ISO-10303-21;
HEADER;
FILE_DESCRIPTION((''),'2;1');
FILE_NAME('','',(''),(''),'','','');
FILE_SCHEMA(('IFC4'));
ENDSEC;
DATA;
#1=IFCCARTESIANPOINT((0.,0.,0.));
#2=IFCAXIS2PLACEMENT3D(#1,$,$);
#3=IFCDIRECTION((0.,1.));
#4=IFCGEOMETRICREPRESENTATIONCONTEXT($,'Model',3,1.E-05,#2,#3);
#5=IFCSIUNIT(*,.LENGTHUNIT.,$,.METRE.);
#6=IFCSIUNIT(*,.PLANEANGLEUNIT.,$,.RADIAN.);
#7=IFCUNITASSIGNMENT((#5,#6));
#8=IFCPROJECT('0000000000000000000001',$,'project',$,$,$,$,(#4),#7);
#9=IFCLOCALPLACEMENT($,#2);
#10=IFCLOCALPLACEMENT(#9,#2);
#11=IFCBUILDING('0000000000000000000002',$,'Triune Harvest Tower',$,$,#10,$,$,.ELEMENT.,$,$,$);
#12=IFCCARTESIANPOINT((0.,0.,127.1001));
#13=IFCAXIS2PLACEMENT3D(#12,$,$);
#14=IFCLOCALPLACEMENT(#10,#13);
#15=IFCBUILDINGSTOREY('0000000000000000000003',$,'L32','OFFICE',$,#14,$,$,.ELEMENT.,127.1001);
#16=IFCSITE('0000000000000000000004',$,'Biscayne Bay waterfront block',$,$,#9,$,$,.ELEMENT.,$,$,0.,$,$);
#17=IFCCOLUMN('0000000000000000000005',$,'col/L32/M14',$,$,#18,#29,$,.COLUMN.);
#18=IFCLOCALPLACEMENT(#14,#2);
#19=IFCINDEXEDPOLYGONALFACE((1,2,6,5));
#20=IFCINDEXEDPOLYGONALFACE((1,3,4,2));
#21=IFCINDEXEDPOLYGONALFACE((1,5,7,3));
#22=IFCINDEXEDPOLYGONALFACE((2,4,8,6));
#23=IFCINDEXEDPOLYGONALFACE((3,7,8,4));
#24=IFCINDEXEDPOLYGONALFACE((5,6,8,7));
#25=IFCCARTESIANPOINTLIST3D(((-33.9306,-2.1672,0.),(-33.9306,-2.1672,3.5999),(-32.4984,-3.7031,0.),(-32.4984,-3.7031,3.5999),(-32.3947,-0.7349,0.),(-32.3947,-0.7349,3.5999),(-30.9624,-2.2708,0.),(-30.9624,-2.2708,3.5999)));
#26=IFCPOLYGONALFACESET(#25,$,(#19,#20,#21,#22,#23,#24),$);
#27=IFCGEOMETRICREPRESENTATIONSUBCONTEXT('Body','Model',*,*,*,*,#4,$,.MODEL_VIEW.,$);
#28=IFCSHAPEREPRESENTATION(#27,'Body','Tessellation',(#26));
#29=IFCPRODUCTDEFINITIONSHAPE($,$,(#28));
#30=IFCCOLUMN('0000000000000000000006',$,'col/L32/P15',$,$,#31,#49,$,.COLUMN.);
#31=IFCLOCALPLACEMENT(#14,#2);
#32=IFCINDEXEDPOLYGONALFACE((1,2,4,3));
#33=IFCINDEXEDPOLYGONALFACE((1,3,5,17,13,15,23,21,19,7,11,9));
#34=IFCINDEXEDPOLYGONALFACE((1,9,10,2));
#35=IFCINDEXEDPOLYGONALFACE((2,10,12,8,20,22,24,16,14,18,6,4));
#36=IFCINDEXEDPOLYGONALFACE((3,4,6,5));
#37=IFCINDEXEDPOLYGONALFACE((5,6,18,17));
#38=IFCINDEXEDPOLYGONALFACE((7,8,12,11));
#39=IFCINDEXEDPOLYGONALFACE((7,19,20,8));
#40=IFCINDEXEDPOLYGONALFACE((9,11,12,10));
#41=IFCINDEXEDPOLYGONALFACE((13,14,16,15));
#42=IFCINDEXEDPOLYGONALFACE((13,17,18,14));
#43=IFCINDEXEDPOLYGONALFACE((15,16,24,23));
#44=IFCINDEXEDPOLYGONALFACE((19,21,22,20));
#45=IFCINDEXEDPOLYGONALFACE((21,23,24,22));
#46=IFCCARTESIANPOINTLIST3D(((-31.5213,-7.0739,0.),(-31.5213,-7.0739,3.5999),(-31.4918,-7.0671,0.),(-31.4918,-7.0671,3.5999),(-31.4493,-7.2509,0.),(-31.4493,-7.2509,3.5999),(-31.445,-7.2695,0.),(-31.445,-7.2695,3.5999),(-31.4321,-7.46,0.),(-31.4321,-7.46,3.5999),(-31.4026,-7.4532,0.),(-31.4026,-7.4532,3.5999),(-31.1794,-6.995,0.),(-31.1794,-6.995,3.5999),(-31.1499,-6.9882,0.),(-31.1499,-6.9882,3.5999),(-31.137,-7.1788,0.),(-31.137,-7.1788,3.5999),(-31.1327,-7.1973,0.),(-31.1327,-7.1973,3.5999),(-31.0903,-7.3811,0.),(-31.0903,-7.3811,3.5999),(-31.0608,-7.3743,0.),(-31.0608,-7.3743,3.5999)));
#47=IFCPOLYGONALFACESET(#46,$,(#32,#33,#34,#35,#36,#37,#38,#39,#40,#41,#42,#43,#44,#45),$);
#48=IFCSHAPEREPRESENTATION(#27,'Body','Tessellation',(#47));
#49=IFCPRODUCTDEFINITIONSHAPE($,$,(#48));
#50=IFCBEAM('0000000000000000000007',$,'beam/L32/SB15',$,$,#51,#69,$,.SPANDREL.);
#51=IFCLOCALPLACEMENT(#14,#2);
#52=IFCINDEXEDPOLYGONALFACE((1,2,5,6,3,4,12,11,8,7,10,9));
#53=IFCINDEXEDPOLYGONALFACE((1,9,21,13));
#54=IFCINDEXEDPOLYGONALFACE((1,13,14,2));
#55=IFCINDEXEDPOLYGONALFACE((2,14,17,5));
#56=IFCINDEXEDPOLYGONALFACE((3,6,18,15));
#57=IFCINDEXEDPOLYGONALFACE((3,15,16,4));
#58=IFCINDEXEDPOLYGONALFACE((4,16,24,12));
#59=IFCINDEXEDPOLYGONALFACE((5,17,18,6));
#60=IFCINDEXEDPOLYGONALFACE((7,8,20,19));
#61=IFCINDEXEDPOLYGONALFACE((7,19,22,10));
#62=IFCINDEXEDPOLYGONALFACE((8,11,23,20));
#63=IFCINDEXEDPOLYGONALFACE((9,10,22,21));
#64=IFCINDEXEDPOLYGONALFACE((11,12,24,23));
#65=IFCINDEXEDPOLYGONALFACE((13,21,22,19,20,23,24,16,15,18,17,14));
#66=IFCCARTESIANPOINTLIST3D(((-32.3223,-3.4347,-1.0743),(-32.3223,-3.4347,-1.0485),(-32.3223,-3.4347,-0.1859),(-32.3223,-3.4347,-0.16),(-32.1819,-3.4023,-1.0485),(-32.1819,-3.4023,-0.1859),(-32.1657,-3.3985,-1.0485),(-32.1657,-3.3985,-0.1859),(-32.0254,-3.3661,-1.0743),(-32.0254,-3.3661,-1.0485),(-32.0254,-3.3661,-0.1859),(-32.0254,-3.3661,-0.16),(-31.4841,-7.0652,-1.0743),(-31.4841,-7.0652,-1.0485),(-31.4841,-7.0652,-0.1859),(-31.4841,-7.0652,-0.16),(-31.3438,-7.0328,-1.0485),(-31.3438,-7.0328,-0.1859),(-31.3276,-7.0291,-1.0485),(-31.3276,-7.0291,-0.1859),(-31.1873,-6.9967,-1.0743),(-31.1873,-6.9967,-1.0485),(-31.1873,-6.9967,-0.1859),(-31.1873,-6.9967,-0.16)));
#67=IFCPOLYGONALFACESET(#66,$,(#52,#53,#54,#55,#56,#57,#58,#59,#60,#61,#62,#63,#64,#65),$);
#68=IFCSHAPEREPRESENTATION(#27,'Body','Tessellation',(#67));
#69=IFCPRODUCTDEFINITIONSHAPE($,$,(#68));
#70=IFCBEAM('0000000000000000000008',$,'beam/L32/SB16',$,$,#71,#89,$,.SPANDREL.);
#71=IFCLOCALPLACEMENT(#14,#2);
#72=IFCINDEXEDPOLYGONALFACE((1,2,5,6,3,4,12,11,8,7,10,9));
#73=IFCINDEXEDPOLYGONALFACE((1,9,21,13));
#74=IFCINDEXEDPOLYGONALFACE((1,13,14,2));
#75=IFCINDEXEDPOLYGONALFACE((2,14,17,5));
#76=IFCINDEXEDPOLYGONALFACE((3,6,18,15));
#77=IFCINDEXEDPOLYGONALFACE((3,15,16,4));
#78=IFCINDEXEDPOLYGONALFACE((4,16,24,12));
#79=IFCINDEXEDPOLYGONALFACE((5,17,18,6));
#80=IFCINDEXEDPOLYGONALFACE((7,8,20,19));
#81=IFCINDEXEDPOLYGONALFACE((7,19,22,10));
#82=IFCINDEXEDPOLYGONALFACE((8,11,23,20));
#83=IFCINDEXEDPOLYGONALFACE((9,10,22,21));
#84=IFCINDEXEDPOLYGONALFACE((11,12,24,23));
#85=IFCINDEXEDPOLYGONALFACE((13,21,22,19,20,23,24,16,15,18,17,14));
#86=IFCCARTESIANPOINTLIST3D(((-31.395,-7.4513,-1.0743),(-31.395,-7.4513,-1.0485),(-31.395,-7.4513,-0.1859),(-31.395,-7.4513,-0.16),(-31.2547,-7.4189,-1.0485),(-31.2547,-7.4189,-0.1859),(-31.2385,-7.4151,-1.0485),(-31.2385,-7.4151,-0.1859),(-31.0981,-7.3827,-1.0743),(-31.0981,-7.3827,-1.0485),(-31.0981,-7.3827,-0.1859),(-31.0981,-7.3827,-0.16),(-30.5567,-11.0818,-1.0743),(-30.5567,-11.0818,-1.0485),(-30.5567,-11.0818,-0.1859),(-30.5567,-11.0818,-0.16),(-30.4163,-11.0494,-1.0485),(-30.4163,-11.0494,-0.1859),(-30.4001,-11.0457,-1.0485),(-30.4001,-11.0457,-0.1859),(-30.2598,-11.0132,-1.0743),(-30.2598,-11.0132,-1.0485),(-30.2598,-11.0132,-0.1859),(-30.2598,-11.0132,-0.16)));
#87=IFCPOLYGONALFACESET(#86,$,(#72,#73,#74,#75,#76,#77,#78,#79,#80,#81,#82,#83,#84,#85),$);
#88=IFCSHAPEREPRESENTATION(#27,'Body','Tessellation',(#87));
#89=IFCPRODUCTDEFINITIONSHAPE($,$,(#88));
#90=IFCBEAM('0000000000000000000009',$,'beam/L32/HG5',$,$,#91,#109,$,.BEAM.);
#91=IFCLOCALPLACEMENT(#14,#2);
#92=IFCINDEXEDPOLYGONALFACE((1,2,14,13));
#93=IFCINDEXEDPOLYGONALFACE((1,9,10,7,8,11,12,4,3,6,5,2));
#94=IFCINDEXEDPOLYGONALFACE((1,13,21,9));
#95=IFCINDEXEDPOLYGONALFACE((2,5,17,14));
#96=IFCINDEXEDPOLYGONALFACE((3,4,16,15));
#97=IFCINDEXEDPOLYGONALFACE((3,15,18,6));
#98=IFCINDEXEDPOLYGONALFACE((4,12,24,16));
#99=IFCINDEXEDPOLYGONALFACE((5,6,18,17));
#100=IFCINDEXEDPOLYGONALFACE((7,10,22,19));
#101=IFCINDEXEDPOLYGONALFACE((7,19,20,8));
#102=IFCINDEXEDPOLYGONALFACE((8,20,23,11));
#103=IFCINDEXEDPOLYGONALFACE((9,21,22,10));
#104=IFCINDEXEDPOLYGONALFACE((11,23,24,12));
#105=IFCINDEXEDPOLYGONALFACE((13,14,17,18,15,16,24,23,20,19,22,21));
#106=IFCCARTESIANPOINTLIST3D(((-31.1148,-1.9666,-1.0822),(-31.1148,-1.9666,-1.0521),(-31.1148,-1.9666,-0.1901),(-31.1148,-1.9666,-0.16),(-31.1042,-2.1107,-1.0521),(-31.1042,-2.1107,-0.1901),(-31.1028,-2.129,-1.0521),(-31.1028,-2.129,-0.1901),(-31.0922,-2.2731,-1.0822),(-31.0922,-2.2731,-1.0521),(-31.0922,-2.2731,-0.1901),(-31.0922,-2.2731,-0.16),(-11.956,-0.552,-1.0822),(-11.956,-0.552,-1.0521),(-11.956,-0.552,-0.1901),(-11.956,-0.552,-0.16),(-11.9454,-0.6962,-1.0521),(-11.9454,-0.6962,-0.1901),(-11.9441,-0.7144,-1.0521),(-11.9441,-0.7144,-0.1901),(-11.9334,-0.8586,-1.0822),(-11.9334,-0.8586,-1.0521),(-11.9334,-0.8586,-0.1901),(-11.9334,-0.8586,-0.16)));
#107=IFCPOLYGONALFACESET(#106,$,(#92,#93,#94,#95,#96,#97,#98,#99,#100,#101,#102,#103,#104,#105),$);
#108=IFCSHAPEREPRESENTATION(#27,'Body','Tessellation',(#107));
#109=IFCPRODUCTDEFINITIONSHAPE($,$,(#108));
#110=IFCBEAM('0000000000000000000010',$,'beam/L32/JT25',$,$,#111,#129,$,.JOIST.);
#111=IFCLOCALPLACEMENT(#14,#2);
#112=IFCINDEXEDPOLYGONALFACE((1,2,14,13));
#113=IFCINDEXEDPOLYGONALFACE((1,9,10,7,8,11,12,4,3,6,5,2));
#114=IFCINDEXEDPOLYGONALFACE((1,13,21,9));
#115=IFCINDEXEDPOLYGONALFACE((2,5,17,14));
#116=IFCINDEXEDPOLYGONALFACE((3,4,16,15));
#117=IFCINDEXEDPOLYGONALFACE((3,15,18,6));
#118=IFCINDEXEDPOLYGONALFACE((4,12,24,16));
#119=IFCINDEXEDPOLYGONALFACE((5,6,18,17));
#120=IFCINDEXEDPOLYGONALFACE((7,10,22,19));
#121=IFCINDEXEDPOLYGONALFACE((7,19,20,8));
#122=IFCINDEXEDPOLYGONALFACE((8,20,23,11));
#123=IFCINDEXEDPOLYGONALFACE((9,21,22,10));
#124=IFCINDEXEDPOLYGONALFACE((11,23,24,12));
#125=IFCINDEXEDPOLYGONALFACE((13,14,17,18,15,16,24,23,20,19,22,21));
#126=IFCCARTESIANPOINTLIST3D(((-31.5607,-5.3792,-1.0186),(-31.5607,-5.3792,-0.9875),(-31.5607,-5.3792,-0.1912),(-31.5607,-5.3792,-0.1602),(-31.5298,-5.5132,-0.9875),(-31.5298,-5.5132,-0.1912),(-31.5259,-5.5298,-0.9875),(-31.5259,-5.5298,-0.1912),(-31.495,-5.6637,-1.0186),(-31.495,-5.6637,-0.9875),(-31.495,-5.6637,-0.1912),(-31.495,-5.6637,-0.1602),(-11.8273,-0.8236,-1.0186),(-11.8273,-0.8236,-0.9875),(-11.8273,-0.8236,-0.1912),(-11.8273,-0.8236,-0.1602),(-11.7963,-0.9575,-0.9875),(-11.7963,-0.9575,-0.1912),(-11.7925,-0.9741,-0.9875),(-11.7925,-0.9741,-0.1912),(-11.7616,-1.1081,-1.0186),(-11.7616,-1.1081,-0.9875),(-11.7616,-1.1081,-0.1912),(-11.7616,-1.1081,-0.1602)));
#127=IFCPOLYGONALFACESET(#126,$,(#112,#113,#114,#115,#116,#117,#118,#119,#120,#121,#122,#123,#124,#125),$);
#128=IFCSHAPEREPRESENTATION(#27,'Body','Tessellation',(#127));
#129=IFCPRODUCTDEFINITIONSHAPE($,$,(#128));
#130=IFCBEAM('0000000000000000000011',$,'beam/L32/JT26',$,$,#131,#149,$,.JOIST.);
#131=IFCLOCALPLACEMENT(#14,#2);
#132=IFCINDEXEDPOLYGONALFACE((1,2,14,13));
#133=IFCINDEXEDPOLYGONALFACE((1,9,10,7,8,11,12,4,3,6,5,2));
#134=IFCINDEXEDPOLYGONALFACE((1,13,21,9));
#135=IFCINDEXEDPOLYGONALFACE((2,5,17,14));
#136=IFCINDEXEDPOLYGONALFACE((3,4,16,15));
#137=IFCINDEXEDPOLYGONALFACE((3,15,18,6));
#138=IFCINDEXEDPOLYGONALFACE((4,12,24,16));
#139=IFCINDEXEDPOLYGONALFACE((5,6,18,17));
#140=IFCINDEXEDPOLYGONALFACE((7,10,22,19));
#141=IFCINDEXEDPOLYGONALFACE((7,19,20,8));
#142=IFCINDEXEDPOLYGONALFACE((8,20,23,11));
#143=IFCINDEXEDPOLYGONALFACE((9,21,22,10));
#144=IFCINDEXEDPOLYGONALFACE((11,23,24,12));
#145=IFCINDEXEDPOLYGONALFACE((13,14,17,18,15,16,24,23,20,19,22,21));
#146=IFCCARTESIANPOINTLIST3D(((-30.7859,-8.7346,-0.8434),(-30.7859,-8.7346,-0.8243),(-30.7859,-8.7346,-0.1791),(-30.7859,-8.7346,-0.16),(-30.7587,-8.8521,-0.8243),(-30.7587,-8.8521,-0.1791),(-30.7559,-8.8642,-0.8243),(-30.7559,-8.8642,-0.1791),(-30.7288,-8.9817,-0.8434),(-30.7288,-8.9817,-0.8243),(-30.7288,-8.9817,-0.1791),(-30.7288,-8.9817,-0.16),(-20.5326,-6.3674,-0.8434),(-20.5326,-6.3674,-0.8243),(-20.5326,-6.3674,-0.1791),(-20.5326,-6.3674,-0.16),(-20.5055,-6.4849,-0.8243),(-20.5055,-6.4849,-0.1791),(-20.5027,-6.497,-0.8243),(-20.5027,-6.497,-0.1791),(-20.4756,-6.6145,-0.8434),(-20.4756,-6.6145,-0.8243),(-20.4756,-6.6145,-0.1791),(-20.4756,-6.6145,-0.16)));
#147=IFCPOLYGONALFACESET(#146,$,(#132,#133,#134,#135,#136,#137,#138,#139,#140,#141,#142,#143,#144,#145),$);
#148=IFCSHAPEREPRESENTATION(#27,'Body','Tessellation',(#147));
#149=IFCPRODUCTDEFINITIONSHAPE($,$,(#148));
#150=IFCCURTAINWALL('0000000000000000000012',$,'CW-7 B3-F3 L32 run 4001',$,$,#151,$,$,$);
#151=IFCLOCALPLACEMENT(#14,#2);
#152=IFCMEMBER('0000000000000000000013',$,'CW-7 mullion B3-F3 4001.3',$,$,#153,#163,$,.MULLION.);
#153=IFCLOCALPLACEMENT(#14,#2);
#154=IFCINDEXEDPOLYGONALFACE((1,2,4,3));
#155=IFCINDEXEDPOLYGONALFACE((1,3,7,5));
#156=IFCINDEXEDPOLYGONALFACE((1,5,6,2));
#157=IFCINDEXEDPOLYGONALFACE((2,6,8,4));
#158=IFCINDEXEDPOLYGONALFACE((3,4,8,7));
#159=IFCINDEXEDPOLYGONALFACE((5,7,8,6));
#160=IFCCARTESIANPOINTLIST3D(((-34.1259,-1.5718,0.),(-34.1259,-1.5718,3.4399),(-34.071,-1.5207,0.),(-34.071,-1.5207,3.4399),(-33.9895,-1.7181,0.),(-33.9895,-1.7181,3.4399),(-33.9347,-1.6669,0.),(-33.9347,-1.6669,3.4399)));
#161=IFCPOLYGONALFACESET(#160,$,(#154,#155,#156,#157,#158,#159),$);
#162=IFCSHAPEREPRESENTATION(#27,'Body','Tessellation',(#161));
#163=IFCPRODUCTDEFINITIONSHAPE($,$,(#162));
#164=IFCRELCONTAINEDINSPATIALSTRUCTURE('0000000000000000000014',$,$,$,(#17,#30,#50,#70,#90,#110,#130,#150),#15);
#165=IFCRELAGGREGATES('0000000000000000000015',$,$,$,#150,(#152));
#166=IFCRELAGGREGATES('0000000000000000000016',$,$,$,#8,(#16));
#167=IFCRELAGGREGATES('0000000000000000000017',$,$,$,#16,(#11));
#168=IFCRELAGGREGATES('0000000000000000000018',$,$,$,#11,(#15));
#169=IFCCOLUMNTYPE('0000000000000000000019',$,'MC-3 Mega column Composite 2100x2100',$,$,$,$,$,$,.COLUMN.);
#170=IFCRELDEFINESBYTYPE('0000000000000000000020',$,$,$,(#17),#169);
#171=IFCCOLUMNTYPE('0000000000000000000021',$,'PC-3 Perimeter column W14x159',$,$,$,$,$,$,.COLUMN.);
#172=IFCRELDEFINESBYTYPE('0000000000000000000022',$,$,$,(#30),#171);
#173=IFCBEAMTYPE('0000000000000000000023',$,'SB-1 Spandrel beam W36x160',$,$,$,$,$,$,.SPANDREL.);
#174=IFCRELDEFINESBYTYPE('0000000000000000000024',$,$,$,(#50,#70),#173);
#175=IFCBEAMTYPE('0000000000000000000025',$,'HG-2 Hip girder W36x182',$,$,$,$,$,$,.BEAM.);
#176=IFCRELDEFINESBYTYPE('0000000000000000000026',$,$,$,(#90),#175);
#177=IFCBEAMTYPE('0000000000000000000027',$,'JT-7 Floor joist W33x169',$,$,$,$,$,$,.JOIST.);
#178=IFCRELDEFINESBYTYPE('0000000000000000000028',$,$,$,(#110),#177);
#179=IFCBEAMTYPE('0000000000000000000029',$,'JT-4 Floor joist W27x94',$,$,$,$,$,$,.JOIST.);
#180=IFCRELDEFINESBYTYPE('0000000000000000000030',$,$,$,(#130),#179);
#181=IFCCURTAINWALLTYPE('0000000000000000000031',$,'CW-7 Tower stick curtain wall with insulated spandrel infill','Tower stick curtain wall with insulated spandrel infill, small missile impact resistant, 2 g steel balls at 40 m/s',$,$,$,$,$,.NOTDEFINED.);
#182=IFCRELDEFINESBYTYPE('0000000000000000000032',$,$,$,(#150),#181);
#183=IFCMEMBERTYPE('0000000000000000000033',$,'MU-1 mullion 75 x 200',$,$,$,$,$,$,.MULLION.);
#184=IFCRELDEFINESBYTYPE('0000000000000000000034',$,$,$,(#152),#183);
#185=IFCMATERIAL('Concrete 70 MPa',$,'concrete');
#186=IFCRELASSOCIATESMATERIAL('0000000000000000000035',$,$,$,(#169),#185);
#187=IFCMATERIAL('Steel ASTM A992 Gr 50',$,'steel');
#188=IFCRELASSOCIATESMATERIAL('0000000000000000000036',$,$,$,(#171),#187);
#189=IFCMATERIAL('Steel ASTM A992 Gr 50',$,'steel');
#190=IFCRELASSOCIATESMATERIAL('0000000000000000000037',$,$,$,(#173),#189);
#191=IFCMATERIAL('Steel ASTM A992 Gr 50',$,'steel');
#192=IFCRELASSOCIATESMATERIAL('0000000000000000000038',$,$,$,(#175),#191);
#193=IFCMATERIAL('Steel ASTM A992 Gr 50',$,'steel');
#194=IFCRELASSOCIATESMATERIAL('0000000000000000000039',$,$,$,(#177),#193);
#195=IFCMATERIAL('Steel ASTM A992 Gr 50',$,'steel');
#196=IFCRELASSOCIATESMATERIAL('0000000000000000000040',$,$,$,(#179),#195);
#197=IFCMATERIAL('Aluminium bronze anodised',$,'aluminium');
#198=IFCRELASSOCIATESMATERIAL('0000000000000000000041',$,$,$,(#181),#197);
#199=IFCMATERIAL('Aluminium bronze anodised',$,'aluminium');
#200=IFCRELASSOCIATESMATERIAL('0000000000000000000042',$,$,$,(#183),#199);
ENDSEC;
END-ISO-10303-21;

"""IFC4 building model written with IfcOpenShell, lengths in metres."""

from ifc_helpers import new_model, si_unit, direction, frame, origin, origin_2d, place, context, subcontext, project, spatial, rectangle, i_section, extrude, source, transform, mapped, material, material_profile, profile_set, type_object, element, aggregate, save


model = new_model("IFC4")

# Units and contexts
model_context = context("Model", 3, precision=1e-05, world=origin(), true_north=direction((0.0, 1.0)))
body_context = subcontext(model_context, "Body", "Model", "MODEL_VIEW")
ifc_project = project(units=[si_unit("LENGTHUNIT", "METRE"), si_unit("PLANEANGLEUNIT", "RADIAN")], contexts=[model_context])

# Site, building, storey
site_placement = place(None, origin())
site = spatial("IfcSite", under=ifc_project, at=site_placement, Name="Biscayne Bay waterfront block", CompositionType="ELEMENT", RefElevation=0.0)
building_placement = place(site_placement, origin())
building = spatial("IfcBuilding", under=site, at=building_placement, Name="Triune Harvest Tower", CompositionType="ELEMENT")
storey_placement = place(building_placement, frame((0.0, 0.0, 127.1001)))
storey = spatial("IfcBuildingStorey", under=building, at=storey_placement, Name="L32", Description="OFFICE", CompositionType="ELEMENT", Elevation=127.1001)

# Columns
ifc_material_1 = material(Name="Concrete 70 MPa", Category="concrete")
ifc_material_profile_1 = material_profile(ifc_material_1, rectangle(XDim=2.1001, YDim=2.1001, at=origin_2d()), Name="Composite 2100x2100")
ifc_profile_set_1 = profile_set([ifc_material_profile_1], Name="Concrete 70 MPa")
column_type_1 = type_object("IfcColumnType", Name="MC-3 Mega column Composite 2100x2100", PredefinedType="COLUMN", material=ifc_profile_set_1)
shared_shape_1 = source(origin(), body_context, "Body", "SweptSolid", [
    extrude(rectangle(XDim=2.1001, YDim=2.1001, at=origin_2d()), origin(), (0.0, 0.0, 1.0), 3.5999),
])
column_1_placement = place(storey_placement, frame((-32.4465, -2.219, 0.0), z_axis=(0.0, 0.0, 1.0), x_axis=(-0.731355, -0.681997, 0.0)))
element("IfcColumn", 1, at=column_1_placement, inside=storey, type_object=column_type_1, Name="col/L32/M14", PredefinedType="COLUMN", context=body_context, shape_type="MappedRepresentation", body=[
    mapped(shared_shape_1, transform((0.0, 0.0, 0.0), scale=1.0)),
])
ifc_material_2 = material(Name="Steel ASTM A992 Gr 50", Category="steel")
ifc_material_profile_2 = material_profile(ifc_material_2, i_section(OverallWidth=0.3962, OverallDepth=0.3811, WebThickness=0.019, FlangeThickness=0.0303, at=origin_2d()), Name="W14x159")
ifc_profile_set_2 = profile_set([ifc_material_profile_2], Name="Steel ASTM A992 Gr 50")
column_type_2 = type_object("IfcColumnType", Name="PC-3 Perimeter column W14x159", PredefinedType="COLUMN", material=ifc_profile_set_2)
shared_shape_2 = source(origin(), body_context, "Body", "SweptSolid", [
    extrude(i_section(OverallWidth=0.3962, OverallDepth=0.3811, WebThickness=0.019, FlangeThickness=0.0303, at=origin_2d()), origin(), (0.0, 0.0, 1.0), 3.5999),
])
column_2_placement = place(storey_placement, frame((-31.291, -7.2241, 0.0), z_axis=(0.0, 0.0, 1.0), x_axis=(0.224951, -0.97437, 0.0)))
element("IfcColumn", 2, at=column_2_placement, inside=storey, type_object=column_type_2, Name="col/L32/P15", PredefinedType="COLUMN", context=body_context, shape_type="MappedRepresentation", body=[
    mapped(shared_shape_2, transform((0.0, 0.0, 0.0), scale=1.0)),
])

# Beams
ifc_material_3 = material(Name="Steel ASTM A992 Gr 50", Category="steel")
ifc_material_profile_3 = material_profile(ifc_material_3, i_section(OverallWidth=0.3047, OverallDepth=0.9143, WebThickness=0.0166, FlangeThickness=0.0259, at=origin_2d()), Name="W36x160")
ifc_profile_set_3 = profile_set([ifc_material_profile_3], Name="Steel ASTM A992 Gr 50")
beam_type_1 = type_object("IfcBeamType", Name="SB-1 Spandrel beam W36x160", PredefinedType="SPANDREL", material=ifc_profile_set_3)
shared_shape_3 = source(origin(), body_context, "Body", "SweptSolid", [
    extrude(i_section(OverallWidth=0.3047, OverallDepth=0.9143, WebThickness=0.0166, FlangeThickness=0.0259, at=origin_2d()), origin(), (0.0, 0.0, 1.0), 3.7261),
])
for number, where, z_axis, x_axis, name in (
    (3, (-32.1738, -3.4004, -0.6172), (0.224936, -0.974374, 0.0), (0.974374, 0.224936, 0.0), "beam/L32/SB15"),
    (4, (-31.2466, -7.417, -0.6172), (0.224998, -0.974359, 0.0), (0.974359, 0.224998, 0.0), "beam/L32/SB16"),
):
    element("IfcBeam", number, at=place(storey_placement, frame(where, z_axis=z_axis, x_axis=x_axis)), inside=storey, type_object=beam_type_1, Name=name, PredefinedType="SPANDREL", context=body_context, shape_type="MappedRepresentation", body=[
        mapped(shared_shape_3, transform((0.0, 0.0, 0.0), scale=1.0)),
    ])
ifc_material_4 = material(Name="Steel ASTM A992 Gr 50", Category="steel")
ifc_material_profile_4 = material_profile(ifc_material_4, i_section(OverallWidth=0.3074, OverallDepth=0.9221, WebThickness=0.0183, FlangeThickness=0.03, at=origin_2d()), Name="W36x182")
ifc_profile_set_4 = profile_set([ifc_material_profile_4], Name="Steel ASTM A992 Gr 50")
beam_type_2 = type_object("IfcBeamType", Name="HG-2 Hip girder W36x182", PredefinedType="BEAM", material=ifc_profile_set_4)
shared_shape_4 = source(origin(), body_context, "Body", "SweptSolid", [
    extrude(i_section(OverallWidth=0.3074, OverallDepth=0.9221, WebThickness=0.0183, FlangeThickness=0.03, at=origin_2d()), origin(), (0.0, 0.0, 1.0), 19.2109),
])
beam_1_placement = place(storey_placement, frame((-31.1035, -2.1199, -0.6211), z_axis=(0.997285, 0.073633, 0.0), x_axis=(-0.073633, 0.997285, 0.0)))
element("IfcBeam", 5, at=beam_1_placement, inside=storey, type_object=beam_type_2, Name="beam/L32/HG5", PredefinedType="BEAM", context=body_context, shape_type="MappedRepresentation", body=[
    mapped(shared_shape_4, transform((0.0, 0.0, 0.0), scale=1.0)),
])
ifc_material_5 = material(Name="Steel ASTM A992 Gr 50", Category="steel")
ifc_material_profile_5 = material_profile(ifc_material_5, i_section(OverallWidth=0.292, OverallDepth=0.8584, WebThickness=0.0171, FlangeThickness=0.031, at=origin_2d()), Name="W33x169")
ifc_profile_set_5 = profile_set([ifc_material_profile_5], Name="Steel ASTM A992 Gr 50")
beam_type_3 = type_object("IfcBeamType", Name="JT-7 Floor joist W33x169", PredefinedType="JOIST", material=ifc_profile_set_5)
shared_shape_5 = source(origin(), body_context, "Body", "SweptSolid", [
    extrude(i_section(OverallWidth=0.292, OverallDepth=0.8584, WebThickness=0.0171, FlangeThickness=0.031, at=origin_2d()), origin(), (0.0, 0.0, 1.0), 20.2524),
])
beam_2_placement = place(storey_placement, frame((-31.5278, -5.5215, -0.5894), z_axis=(0.974372, 0.224944, 0.0), x_axis=(-0.224944, 0.974372, 0.0)))
element("IfcBeam", 6, at=beam_2_placement, inside=storey, type_object=beam_type_3, Name="beam/L32/JT25", PredefinedType="JOIST", context=body_context, shape_type="MappedRepresentation", body=[
    mapped(shared_shape_5, transform((0.0, 0.0, 0.0), scale=1.0)),
])
ifc_material_6 = material(Name="Steel ASTM A992 Gr 50", Category="steel")
ifc_material_profile_6 = material_profile(ifc_material_6, i_section(OverallWidth=0.2537, OverallDepth=0.6833, WebThickness=0.0125, FlangeThickness=0.019, at=origin_2d()), Name="W27x94")
ifc_profile_set_6 = profile_set([ifc_material_profile_6], Name="Steel ASTM A992 Gr 50")
beam_type_4 = type_object("IfcBeamType", Name="JT-4 Floor joist W27x94", PredefinedType="JOIST", material=ifc_profile_set_6)
shared_shape_6 = source(origin(), body_context, "Body", "SweptSolid", [
    extrude(i_section(OverallWidth=0.2537, OverallDepth=0.6833, WebThickness=0.0125, FlangeThickness=0.019, at=origin_2d()), origin(), (0.0, 0.0, 1.0), 10.5229),
])
beam_3_placement = place(storey_placement, frame((-30.7573, -8.8582, -0.5017), z_axis=(0.974369, 0.224956, 0.0), x_axis=(-0.224956, 0.974369, 0.0)))
element("IfcBeam", 7, at=beam_3_placement, inside=storey, type_object=beam_type_4, Name="beam/L32/JT26", PredefinedType="JOIST", context=body_context, shape_type="MappedRepresentation", body=[
    mapped(shared_shape_6, transform((0.0, 0.0, 0.0), scale=1.0)),
])

# Curtain wall, member
ifc_material_7 = material(Name="Aluminium bronze anodised", Category="aluminium")
curtain_wall_type = type_object("IfcCurtainWallType", Name="CW-7 Tower stick curtain wall with insulated spandrel infill", Description="Tower stick curtain wall with insulated spandrel infill, small missile impact resistant, 2 g steel balls at 40 m/s", PredefinedType="NOTDEFINED", material=ifc_material_7)
curtain_wall_1_placement = place(storey_placement, origin())
curtain_wall_1 = element("IfcCurtainWall", 8, at=curtain_wall_1_placement, inside=storey, type_object=curtain_wall_type, Name="CW-7 B3-F3 L32 run 4001")
ifc_material_8 = material(Name="Aluminium bronze anodised", Category="aluminium")
ifc_material_profile_7 = material_profile(ifc_material_8, rectangle(XDim=0.2, YDim=0.075, at=origin_2d()), Name="MU-1 mullion 75 x 200")
ifc_profile_set_7 = profile_set([ifc_material_profile_7], Name="Aluminium bronze anodised")
member_type_1 = type_object("IfcMemberType", Name="MU-1 mullion 75 x 200", PredefinedType="MULLION", material=ifc_profile_set_7)
shared_shape_7 = source(origin(), body_context, "Body", "SweptSolid", [
    extrude(rectangle(XDim=0.2, YDim=0.075, at=origin_2d()), origin(), (0.0, 0.0, 1.0), 3.4399),
])
member_1_placement = place(storey_placement, frame((-34.0303, -1.6194, 0.0), z_axis=(0.0, 0.0, 1.0), x_axis=(0.681998, -0.731354, 0.0)))
member_1 = element("IfcMember", 9, at=member_1_placement, type_object=member_type_1, Name="CW-7 mullion B3-F3 4001.3", PredefinedType="MULLION", context=body_context, shape_type="MappedRepresentation", body=[
    mapped(shared_shape_7, transform((0.0, 0.0, 0.0), scale=1.0)),
])
aggregate(curtain_wall_1, [member_1])

save(model, "model.ifc")
